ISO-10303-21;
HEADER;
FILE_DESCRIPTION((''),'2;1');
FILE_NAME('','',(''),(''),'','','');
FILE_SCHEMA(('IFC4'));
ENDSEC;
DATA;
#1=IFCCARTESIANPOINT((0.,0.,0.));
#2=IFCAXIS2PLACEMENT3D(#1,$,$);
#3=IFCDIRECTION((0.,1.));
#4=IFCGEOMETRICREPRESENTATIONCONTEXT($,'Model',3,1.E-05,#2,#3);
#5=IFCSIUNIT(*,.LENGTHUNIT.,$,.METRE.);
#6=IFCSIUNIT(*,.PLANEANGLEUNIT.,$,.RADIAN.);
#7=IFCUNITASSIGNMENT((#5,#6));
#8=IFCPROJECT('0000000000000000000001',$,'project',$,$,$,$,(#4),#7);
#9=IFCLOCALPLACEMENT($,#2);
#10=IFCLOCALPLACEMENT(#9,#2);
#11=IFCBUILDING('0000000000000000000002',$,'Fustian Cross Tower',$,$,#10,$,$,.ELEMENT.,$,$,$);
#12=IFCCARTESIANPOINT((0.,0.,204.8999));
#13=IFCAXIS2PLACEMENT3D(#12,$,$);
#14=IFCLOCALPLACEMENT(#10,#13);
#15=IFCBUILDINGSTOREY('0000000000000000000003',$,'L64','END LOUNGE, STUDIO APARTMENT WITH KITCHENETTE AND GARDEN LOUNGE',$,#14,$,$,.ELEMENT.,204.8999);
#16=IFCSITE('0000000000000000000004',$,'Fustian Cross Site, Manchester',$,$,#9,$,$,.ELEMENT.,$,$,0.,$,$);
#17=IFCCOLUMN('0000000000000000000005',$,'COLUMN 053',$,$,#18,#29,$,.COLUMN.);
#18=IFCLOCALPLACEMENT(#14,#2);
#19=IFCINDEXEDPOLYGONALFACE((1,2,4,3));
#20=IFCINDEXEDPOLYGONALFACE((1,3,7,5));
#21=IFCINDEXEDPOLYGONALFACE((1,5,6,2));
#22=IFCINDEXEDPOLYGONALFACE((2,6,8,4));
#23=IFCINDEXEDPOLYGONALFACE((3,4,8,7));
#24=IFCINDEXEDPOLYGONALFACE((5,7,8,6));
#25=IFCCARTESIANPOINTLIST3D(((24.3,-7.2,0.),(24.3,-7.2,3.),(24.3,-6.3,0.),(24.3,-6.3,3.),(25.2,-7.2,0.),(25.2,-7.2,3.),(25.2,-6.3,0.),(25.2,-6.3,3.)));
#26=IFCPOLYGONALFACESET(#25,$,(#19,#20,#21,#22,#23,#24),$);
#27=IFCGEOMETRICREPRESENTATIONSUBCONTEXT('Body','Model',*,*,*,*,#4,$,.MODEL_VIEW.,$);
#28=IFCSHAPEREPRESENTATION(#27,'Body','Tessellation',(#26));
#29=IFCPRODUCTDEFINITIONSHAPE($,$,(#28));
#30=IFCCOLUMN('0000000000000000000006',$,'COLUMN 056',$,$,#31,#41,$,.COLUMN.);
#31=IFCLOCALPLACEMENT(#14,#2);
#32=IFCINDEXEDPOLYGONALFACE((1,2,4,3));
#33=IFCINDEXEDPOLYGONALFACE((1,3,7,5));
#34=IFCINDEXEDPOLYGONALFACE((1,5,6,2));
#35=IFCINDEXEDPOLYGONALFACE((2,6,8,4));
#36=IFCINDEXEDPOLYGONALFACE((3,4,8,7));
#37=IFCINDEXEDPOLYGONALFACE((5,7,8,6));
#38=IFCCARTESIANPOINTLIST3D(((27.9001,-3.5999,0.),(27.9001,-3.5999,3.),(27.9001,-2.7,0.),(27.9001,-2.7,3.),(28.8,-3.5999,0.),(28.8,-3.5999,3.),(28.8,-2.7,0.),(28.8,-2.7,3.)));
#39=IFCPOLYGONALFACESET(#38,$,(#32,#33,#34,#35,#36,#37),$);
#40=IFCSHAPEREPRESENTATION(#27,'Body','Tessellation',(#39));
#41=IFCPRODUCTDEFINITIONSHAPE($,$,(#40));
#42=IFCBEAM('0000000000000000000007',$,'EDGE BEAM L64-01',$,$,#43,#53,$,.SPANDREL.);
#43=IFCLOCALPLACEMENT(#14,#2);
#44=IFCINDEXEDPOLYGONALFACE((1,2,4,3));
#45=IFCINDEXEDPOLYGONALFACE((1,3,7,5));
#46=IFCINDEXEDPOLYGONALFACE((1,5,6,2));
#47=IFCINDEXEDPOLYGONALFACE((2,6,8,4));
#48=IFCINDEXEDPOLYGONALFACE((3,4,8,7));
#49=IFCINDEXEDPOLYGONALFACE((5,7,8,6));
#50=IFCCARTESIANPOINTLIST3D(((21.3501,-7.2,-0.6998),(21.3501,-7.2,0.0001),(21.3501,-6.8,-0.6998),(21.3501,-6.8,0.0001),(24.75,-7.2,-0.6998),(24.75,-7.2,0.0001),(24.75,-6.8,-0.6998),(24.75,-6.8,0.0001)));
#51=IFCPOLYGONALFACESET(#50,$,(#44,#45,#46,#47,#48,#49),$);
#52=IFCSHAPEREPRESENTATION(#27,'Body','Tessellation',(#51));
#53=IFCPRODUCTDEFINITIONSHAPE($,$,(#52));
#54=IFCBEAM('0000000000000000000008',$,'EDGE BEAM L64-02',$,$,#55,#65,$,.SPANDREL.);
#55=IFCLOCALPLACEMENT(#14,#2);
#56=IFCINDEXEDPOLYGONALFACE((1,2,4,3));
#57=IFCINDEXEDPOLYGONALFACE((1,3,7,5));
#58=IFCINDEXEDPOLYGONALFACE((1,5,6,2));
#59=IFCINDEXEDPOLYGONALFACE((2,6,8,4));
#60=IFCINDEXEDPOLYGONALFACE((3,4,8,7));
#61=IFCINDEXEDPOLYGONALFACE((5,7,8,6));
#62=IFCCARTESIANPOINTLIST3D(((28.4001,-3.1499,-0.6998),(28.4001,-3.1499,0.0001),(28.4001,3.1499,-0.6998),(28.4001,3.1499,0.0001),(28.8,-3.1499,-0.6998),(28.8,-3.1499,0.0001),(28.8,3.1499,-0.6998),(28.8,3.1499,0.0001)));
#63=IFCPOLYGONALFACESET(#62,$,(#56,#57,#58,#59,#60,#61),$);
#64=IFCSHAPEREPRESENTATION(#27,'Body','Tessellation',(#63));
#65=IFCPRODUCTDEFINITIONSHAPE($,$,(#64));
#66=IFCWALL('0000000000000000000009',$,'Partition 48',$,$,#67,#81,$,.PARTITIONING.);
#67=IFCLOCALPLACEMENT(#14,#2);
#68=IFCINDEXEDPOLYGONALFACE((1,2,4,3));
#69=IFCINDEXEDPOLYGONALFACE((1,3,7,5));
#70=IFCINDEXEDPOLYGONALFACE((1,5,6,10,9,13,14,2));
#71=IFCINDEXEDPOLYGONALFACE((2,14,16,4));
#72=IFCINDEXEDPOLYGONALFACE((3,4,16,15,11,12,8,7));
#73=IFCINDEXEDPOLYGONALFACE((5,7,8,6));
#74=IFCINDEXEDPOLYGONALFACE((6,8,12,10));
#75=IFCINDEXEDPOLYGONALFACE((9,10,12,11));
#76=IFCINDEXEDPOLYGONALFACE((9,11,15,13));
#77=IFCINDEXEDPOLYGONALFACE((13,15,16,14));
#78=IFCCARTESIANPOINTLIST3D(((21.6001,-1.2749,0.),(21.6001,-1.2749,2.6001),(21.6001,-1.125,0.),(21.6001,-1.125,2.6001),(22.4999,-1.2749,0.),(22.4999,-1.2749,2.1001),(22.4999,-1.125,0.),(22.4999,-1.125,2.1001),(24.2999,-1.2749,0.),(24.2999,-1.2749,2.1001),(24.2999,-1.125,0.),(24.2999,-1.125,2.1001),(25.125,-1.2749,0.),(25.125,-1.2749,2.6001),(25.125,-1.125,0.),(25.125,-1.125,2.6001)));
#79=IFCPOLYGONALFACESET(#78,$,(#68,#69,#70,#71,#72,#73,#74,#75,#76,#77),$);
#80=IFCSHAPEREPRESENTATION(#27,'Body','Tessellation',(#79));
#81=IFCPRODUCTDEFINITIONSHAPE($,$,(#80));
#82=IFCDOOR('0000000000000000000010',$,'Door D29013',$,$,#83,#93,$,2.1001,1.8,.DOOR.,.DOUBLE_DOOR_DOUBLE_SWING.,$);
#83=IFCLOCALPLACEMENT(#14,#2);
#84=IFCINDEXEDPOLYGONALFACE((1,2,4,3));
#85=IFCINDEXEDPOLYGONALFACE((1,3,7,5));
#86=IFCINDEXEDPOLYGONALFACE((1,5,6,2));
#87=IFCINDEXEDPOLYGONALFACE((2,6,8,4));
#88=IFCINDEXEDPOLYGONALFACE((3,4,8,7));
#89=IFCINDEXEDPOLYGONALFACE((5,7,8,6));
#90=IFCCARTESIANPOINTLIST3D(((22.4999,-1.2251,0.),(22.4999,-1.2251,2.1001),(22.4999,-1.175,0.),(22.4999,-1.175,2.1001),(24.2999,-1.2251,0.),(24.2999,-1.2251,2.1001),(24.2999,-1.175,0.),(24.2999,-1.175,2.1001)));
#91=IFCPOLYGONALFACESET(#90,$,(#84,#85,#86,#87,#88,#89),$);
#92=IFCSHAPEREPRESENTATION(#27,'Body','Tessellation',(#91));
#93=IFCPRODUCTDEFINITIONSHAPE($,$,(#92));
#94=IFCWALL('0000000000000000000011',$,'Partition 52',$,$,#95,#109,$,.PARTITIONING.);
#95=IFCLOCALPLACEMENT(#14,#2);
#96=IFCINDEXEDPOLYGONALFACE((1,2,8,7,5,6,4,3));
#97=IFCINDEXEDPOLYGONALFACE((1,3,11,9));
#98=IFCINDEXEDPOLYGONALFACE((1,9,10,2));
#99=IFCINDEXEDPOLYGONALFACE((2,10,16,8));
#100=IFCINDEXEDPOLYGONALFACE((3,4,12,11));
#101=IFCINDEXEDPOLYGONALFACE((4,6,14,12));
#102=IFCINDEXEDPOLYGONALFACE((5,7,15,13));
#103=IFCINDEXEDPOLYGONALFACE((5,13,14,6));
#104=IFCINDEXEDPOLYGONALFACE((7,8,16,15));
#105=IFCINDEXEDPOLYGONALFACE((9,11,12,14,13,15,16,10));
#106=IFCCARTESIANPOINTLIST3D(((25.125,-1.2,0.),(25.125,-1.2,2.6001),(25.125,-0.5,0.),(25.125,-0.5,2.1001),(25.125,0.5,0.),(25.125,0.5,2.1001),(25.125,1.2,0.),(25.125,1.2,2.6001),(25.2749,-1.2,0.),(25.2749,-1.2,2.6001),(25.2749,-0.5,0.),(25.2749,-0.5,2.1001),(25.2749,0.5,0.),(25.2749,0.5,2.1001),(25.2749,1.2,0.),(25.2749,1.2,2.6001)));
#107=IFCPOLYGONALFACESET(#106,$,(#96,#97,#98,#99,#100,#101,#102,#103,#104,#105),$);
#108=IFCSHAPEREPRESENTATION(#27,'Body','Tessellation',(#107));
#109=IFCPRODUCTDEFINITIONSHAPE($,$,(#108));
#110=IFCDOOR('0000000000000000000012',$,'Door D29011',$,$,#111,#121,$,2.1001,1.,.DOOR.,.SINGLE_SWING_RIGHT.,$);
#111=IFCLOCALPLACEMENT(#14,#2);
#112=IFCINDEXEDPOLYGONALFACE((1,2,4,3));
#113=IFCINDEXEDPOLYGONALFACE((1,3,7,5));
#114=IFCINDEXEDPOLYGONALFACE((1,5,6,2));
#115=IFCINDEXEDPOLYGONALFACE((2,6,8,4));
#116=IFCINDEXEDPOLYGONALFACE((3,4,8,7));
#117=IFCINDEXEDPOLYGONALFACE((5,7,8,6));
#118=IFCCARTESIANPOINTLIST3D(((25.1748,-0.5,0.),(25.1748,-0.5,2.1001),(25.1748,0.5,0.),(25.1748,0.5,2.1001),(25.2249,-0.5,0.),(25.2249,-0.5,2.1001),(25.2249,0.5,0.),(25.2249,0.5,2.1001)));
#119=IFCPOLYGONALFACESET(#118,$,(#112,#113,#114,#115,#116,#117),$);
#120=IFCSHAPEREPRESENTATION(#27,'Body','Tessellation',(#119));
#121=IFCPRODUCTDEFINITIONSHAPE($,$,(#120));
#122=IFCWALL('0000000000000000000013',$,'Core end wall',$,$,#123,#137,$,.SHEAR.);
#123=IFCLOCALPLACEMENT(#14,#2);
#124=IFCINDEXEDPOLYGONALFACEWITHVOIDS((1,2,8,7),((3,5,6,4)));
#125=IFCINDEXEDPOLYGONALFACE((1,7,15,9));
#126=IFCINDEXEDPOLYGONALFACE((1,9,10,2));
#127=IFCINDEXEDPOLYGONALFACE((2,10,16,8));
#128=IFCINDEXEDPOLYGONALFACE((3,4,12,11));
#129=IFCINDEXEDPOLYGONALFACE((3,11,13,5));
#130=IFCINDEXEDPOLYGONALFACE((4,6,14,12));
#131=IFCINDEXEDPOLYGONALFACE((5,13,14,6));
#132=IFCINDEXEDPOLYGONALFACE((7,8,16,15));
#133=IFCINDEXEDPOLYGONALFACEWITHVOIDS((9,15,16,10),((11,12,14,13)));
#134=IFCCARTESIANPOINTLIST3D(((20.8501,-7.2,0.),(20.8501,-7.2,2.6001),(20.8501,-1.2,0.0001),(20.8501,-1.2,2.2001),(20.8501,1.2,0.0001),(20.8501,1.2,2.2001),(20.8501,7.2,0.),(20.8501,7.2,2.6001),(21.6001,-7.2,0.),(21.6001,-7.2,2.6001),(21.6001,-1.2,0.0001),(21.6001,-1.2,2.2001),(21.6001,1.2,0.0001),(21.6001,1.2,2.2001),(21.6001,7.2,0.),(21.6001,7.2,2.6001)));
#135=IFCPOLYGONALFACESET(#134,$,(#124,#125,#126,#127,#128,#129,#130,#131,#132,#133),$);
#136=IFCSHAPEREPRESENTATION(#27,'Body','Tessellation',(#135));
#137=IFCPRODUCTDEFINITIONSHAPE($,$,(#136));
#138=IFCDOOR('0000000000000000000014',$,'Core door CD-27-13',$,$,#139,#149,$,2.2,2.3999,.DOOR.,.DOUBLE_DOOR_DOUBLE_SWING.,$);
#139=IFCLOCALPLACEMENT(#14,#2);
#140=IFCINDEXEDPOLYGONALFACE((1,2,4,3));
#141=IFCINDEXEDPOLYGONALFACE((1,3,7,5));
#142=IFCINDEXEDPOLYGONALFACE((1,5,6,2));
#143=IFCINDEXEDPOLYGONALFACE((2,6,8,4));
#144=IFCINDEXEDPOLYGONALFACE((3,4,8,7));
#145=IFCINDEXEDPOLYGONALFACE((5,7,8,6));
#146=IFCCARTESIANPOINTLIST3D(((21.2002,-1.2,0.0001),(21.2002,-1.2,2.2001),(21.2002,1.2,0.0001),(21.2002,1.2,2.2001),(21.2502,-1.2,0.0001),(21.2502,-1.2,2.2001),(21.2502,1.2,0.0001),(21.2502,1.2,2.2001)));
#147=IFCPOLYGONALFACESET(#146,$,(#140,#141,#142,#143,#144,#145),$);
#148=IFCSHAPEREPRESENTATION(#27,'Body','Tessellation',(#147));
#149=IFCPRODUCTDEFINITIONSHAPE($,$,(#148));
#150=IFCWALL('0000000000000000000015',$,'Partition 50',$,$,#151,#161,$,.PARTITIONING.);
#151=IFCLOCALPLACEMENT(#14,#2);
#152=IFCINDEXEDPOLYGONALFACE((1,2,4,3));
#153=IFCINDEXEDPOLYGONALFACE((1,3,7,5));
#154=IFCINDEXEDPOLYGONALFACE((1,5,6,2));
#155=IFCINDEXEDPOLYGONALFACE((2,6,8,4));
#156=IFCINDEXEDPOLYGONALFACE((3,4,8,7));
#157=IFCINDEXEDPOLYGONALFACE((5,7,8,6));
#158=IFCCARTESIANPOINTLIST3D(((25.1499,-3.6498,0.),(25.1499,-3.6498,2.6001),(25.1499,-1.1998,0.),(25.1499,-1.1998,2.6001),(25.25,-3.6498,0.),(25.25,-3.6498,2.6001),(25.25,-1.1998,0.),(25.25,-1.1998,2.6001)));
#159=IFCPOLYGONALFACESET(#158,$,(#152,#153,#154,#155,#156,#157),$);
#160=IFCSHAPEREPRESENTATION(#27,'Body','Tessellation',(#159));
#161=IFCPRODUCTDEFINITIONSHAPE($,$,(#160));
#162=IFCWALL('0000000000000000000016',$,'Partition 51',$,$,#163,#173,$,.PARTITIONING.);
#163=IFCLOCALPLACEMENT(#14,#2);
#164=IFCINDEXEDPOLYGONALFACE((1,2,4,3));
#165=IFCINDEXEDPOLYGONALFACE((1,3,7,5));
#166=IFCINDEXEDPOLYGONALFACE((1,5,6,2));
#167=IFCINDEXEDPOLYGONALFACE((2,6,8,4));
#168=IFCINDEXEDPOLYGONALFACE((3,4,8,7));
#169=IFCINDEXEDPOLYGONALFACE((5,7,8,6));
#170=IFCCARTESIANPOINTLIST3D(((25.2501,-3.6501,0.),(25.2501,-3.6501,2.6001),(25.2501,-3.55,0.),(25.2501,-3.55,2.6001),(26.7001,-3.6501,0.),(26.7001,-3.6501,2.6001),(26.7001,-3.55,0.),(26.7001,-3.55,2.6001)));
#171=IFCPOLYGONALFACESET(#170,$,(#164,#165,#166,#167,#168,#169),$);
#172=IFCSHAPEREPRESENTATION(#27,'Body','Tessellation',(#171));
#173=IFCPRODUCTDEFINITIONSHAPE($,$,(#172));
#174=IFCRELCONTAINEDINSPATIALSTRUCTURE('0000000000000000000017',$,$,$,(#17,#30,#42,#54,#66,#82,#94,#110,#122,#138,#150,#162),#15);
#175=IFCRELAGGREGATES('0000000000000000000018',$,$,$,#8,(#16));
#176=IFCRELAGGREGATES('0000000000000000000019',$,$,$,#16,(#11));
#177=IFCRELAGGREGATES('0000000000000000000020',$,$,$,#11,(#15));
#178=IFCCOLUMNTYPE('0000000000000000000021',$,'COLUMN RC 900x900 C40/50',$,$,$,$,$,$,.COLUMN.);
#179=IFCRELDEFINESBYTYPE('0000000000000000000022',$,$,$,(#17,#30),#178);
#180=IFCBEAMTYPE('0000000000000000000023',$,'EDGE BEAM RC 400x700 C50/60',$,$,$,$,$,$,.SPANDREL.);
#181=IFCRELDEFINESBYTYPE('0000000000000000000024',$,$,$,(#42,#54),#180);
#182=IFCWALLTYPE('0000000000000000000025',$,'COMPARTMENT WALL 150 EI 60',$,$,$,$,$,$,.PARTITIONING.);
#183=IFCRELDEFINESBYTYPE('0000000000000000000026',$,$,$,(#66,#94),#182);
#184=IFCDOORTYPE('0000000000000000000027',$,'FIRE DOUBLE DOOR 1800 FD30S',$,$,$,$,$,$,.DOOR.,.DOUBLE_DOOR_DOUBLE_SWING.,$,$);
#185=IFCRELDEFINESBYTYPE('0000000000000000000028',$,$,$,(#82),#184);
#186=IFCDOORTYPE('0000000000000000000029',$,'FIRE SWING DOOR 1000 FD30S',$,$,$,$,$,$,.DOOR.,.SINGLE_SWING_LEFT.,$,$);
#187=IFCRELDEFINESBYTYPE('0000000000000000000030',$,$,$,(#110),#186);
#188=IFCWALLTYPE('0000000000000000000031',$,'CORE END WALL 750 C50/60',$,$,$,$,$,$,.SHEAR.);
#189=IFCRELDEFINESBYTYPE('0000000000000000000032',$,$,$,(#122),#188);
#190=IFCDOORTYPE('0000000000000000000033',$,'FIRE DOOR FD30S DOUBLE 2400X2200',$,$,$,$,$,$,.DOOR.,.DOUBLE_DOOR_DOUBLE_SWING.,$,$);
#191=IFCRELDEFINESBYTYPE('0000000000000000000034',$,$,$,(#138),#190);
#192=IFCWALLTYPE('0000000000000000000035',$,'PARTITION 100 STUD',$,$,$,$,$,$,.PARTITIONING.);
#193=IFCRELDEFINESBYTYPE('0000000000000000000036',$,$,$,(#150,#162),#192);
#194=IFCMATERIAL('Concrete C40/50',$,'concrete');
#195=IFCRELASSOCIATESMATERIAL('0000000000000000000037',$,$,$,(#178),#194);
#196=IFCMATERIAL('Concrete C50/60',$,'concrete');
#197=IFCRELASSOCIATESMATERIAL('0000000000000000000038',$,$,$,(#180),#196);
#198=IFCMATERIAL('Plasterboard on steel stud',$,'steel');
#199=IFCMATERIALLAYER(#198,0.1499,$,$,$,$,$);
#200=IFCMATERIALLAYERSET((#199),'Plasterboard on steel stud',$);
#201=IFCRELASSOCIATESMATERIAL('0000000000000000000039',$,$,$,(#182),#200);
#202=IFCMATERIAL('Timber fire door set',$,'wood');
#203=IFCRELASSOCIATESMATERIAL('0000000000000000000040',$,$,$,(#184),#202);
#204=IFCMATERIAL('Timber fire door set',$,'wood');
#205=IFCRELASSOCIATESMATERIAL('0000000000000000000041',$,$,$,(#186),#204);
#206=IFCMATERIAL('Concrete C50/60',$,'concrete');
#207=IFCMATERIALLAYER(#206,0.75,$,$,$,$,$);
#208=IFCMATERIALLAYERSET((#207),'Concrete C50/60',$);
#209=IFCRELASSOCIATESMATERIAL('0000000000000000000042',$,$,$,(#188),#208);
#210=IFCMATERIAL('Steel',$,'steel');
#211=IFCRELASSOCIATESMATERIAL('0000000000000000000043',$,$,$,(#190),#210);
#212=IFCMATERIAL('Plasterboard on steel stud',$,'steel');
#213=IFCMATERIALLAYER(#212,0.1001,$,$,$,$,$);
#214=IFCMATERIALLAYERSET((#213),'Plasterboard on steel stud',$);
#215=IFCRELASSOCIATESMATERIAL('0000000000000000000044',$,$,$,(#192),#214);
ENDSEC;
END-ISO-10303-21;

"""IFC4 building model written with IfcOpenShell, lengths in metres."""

from ifc_helpers import new_model, si_unit, direction, frame, frame_2d, origin, origin_2d, place, context, subcontext, project, spatial, rectangle, extrude, material, layer, layer_set, material_profile, profile_set, type_object, element, fill, save


model = new_model("IFC4")

# Units and contexts
model_context = context("Model", 3, precision=1e-05, world=origin(), true_north=direction((0.0, 1.0)))
body_context = subcontext(model_context, "Body", "Model", "MODEL_VIEW")
ifc_project = project(units=[si_unit("LENGTHUNIT", "METRE"), si_unit("PLANEANGLEUNIT", "RADIAN")], contexts=[model_context])

# Site, building, storey
site_placement = place(None, origin())
site = spatial("IfcSite", under=ifc_project, at=site_placement, Name="Fustian Cross Site, Manchester", CompositionType="ELEMENT", RefElevation=0.0)
building_placement = place(site_placement, origin())
building = spatial("IfcBuilding", under=site, at=building_placement, Name="Fustian Cross Tower", CompositionType="ELEMENT")
storey_placement = place(building_placement, frame((0.0, 0.0, 204.8999)))
storey = spatial("IfcBuildingStorey", under=building, at=storey_placement, Name="L64", Description="END LOUNGE, STUDIO APARTMENT WITH KITCHENETTE AND GARDEN LOUNGE", CompositionType="ELEMENT", Elevation=204.8999)

# Columns
ifc_material_1 = material(Name="Concrete C40/50", Category="concrete")
ifc_material_profile_1 = material_profile(ifc_material_1, rectangle(XDim=0.8999, YDim=0.8999, at=origin_2d()), Name="RC 900x900")
ifc_profile_set_1 = profile_set([ifc_material_profile_1], Name="Concrete C40/50")
column_type = type_object("IfcColumnType", Name="COLUMN RC 900x900 C40/50", PredefinedType="COLUMN", material=ifc_profile_set_1)
for number, where, z_axis, x_axis, name in (
    (1, (24.75, -6.75, 0.0), (0.0, 0.0, 1.0), (1.0, 0.0, 0.0), "COLUMN 053"),
    (2, (28.3501, -3.1499, 0.0), (0.0, 0.0, 1.0), (1.0, 0.0, 0.0), "COLUMN 056"),
):
    element("IfcColumn", number, at=place(storey_placement, frame(where, z_axis=z_axis, x_axis=x_axis)), inside=storey, type_object=column_type, Name=name, PredefinedType="COLUMN", context=body_context, shape_type="SweptSolid", body=[
        extrude(rectangle(XDim=0.8999, YDim=0.8999, at=origin_2d()), origin(), (0.0, 0.0, 1.0), 3.0),
    ])

# Beams
ifc_material_2 = material(Name="Concrete C50/60", Category="concrete")
ifc_material_profile_2 = material_profile(ifc_material_2, rectangle(XDim=0.3999, YDim=0.7, at=origin_2d()), Name="RC 400x700")
ifc_profile_set_2 = profile_set([ifc_material_profile_2], Name="Concrete C50/60")
beam_type = type_object("IfcBeamType", Name="EDGE BEAM RC 400x700 C50/60", PredefinedType="SPANDREL", material=ifc_profile_set_2)
beam_1_placement = place(storey_placement, frame((21.3501, -7.0, -0.3499), z_axis=(1.0, 0.0, 0.0), x_axis=(0.0, 1.0, 0.0)))
element("IfcBeam", 3, at=beam_1_placement, inside=storey, type_object=beam_type, Name="EDGE BEAM L64-01", PredefinedType="SPANDREL", context=body_context, shape_type="SweptSolid", body=[
    extrude(rectangle(XDim=0.3999, YDim=0.7, at=origin_2d()), origin(), (0.0, 0.0, 1.0), 3.3999),
])
beam_2_placement = place(storey_placement, frame((28.6001, -3.1499, -0.3499), z_axis=(0.0, 1.0, 0.0), x_axis=(-1.0, 0.0, 0.0)))
element("IfcBeam", 4, at=beam_2_placement, inside=storey, type_object=beam_type, Name="EDGE BEAM L64-02", PredefinedType="SPANDREL", context=body_context, shape_type="SweptSolid", body=[
    extrude(rectangle(XDim=0.3999, YDim=0.7, at=origin_2d()), origin(), (0.0, 0.0, 1.0), 6.2998),
])

# Walls, openings, doors
ifc_material_3 = material(Name="Plasterboard on steel stud", Category="steel")
ifc_layer_1 = layer(ifc_material_3, 0.1499)
ifc_layer_set_1 = layer_set([ifc_layer_1], Name="Plasterboard on steel stud")
wall_type_1 = type_object("IfcWallType", Name="COMPARTMENT WALL 150 EI 60", PredefinedType="PARTITIONING", material=ifc_layer_set_1)
wall_1_placement = place(storey_placement, frame((21.6001, -1.2, 0.0), z_axis=(0.0, 0.0, 1.0), x_axis=(1.0, 0.0, 0.0)))
wall_1 = element("IfcWall", 5, at=wall_1_placement, inside=storey, type_object=wall_type_1, Name="Partition 48", PredefinedType="PARTITIONING", context=body_context, shape_type="SweptSolid", body=[
    extrude(rectangle(XDim=3.5249, YDim=0.1499, at=frame_2d((1.7625, 0.0))), origin(), (0.0, 0.0, 1.0), 2.6001),
])
opening_1_placement = place(wall_1_placement, frame((0.8999, 0.0, 0.0)))
opening_1 = element("IfcOpeningElement", 6, at=opening_1_placement, cuts=wall_1, PredefinedType="OPENING", context=body_context, shape_type="SweptSolid", body=[
    extrude(rectangle(XDim=1.8, YDim=2.1001, at=frame_2d((0.8999, 1.05))), frame((0.0, 0.085, 0.0), z_axis=(0.0, -1.0, 0.0), x_axis=(1.0, 0.0, 0.0)), (0.0, 0.0, 1.0), 0.1699),
])
ifc_material_4 = material(Name="Timber fire door set", Category="wood")
door_type_1 = type_object("IfcDoorType", Name="FIRE DOUBLE DOOR 1800 FD30S", OperationType="DOUBLE_DOOR_DOUBLE_SWING", PredefinedType="DOOR", material=ifc_material_4)
door_1_placement = place(opening_1_placement, origin())
door_1 = element("IfcDoor", 7, at=door_1_placement, inside=storey, type_object=door_type_1, Name="Door D29013", OperationType="DOUBLE_DOOR_DOUBLE_SWING", OverallHeight=2.1001, OverallWidth=1.8, PredefinedType="DOOR", context=body_context, shape_type="SweptSolid", body=[
    extrude(rectangle(XDim=1.8, YDim=2.1001, at=frame_2d((0.8999, 1.05))), frame((0.0, 0.0249, 0.0), z_axis=(0.0, -1.0, 0.0), x_axis=(1.0, 0.0, 0.0)), (0.0, 0.0, 1.0), 0.05),
])
fill(opening_1, door_1)
wall_2_placement = place(storey_placement, frame((25.2, -1.2, 0.0), z_axis=(0.0, 0.0, 1.0), x_axis=(0.0, 1.0, 0.0)))
wall_2 = element("IfcWall", 8, at=wall_2_placement, inside=storey, type_object=wall_type_1, Name="Partition 52", PredefinedType="PARTITIONING", context=body_context, shape_type="SweptSolid", body=[
    extrude(rectangle(XDim=2.3999, YDim=0.1499, at=frame_2d((1.2, 0.0))), origin(), (0.0, 0.0, 1.0), 2.6001),
])
opening_2_placement = place(wall_2_placement, frame((0.7, 0.0, 0.0)))
opening_2 = element("IfcOpeningElement", 9, at=opening_2_placement, cuts=wall_2, PredefinedType="OPENING", context=body_context, shape_type="SweptSolid", body=[
    extrude(rectangle(XDim=1.0, YDim=2.1001, at=frame_2d((0.5, 1.05))), frame((0.0, 0.085, 0.0), z_axis=(0.0, -1.0, 0.0), x_axis=(1.0, 0.0, 0.0)), (0.0, 0.0, 1.0), 0.1699),
])
ifc_material_5 = material(Name="Timber fire door set", Category="wood")
door_type_2 = type_object("IfcDoorType", Name="FIRE SWING DOOR 1000 FD30S", OperationType="SINGLE_SWING_LEFT", PredefinedType="DOOR", material=ifc_material_5)
door_2_placement = place(opening_2_placement, frame((1.0, 0.0, 0.0), z_axis=(0.0, 0.0, 1.0), x_axis=(-1.0, 0.0, 0.0)))
door_2 = element("IfcDoor", 10, at=door_2_placement, inside=storey, type_object=door_type_2, Name="Door D29011", OperationType="SINGLE_SWING_RIGHT", OverallHeight=2.1001, OverallWidth=1.0, PredefinedType="DOOR", context=body_context, shape_type="SweptSolid", body=[
    extrude(rectangle(XDim=1.0, YDim=2.1001, at=frame_2d((0.5, 1.05))), frame((0.0, 0.0249, 0.0), z_axis=(0.0, -1.0, 0.0), x_axis=(1.0, 0.0, 0.0)), (0.0, 0.0, 1.0), 0.05),
])
fill(opening_2, door_2)
ifc_material_6 = material(Name="Concrete C50/60", Category="concrete")
ifc_layer_2 = layer(ifc_material_6, 0.75)
ifc_layer_set_2 = layer_set([ifc_layer_2], Name="Concrete C50/60")
wall_type_2 = type_object("IfcWallType", Name="CORE END WALL 750 C50/60", PredefinedType="SHEAR", material=ifc_layer_set_2)
wall_3_placement = place(storey_placement, frame((21.2251, -7.2, 0.0), z_axis=(0.0, 0.0, 1.0), x_axis=(0.0, 1.0, 0.0)))
wall_3 = element("IfcWall", 11, at=wall_3_placement, inside=storey, type_object=wall_type_2, Name="Core end wall", PredefinedType="SHEAR", context=body_context, shape_type="SweptSolid", body=[
    extrude(rectangle(XDim=14.3999, YDim=0.75, at=frame_2d((7.2, 0.0))), origin(), (0.0, 0.0, 1.0), 2.6001),
])
opening_3_placement = place(wall_3_placement, frame((6.0, 0.0, 0.0)))
opening_3 = element("IfcOpeningElement", 12, at=opening_3_placement, cuts=wall_3, PredefinedType="OPENING", context=body_context, shape_type="SweptSolid", body=[
    extrude(rectangle(XDim=2.3999, YDim=2.2, at=frame_2d((1.2, 1.1001))), frame((0.0, 0.385, 0.0), z_axis=(0.0, -1.0, 0.0), x_axis=(1.0, 0.0, 0.0)), (0.0, 0.0, 1.0), 0.77),
])
ifc_material_7 = material(Name="Steel", Category="steel")
door_type_3 = type_object("IfcDoorType", Name="FIRE DOOR FD30S DOUBLE 2400X2200", OperationType="DOUBLE_DOOR_DOUBLE_SWING", PredefinedType="DOOR", material=ifc_material_7)
door_3_placement = place(opening_3_placement, origin())
door_3 = element("IfcDoor", 13, at=door_3_placement, inside=storey, type_object=door_type_3, Name="Core door CD-27-13", OperationType="DOUBLE_DOOR_DOUBLE_SWING", OverallHeight=2.2, OverallWidth=2.3999, PredefinedType="DOOR", context=body_context, shape_type="SweptSolid", body=[
    extrude(rectangle(XDim=2.3999, YDim=2.2, at=frame_2d((1.2, 1.1001))), frame((0.0, 0.0249, 0.0), z_axis=(0.0, -1.0, 0.0), x_axis=(1.0, 0.0, 0.0)), (0.0, 0.0, 1.0), 0.05),
])
fill(opening_3, door_3)

# Walls
ifc_material_8 = material(Name="Plasterboard on steel stud", Category="steel")
ifc_layer_3 = layer(ifc_material_8, 0.1001)
ifc_layer_set_3 = layer_set([ifc_layer_3], Name="Plasterboard on steel stud")
wall_type_3 = type_object("IfcWallType", Name="PARTITION 100 STUD", PredefinedType="PARTITIONING", material=ifc_layer_set_3)
wall_4_placement = place(storey_placement, frame((25.2, -3.6499, 0.0), z_axis=(0.0, 0.0, 1.0), x_axis=(0.0, 1.0, 0.0)))
element("IfcWall", 14, at=wall_4_placement, inside=storey, type_object=wall_type_3, Name="Partition 50", PredefinedType="PARTITIONING", context=body_context, shape_type="SweptSolid", body=[
    extrude(rectangle(XDim=2.45, YDim=0.1001, at=frame_2d((1.2251, 0.0))), origin(), (0.0, 0.0, 1.0), 2.6001),
])
wall_5_placement = place(storey_placement, frame((25.25, -3.6001, 0.0), z_axis=(0.0, 0.0, 1.0), x_axis=(1.0, 0.0, 0.0)))
element("IfcWall", 15, at=wall_5_placement, inside=storey, type_object=wall_type_3, Name="Partition 51", PredefinedType="PARTITIONING", context=body_context, shape_type="SweptSolid", body=[
    extrude(rectangle(XDim=1.45, YDim=0.1001, at=frame_2d((0.7251, 0.0))), origin(), (0.0, 0.0, 1.0), 2.6001),
])

save(model, "model.ifc")
